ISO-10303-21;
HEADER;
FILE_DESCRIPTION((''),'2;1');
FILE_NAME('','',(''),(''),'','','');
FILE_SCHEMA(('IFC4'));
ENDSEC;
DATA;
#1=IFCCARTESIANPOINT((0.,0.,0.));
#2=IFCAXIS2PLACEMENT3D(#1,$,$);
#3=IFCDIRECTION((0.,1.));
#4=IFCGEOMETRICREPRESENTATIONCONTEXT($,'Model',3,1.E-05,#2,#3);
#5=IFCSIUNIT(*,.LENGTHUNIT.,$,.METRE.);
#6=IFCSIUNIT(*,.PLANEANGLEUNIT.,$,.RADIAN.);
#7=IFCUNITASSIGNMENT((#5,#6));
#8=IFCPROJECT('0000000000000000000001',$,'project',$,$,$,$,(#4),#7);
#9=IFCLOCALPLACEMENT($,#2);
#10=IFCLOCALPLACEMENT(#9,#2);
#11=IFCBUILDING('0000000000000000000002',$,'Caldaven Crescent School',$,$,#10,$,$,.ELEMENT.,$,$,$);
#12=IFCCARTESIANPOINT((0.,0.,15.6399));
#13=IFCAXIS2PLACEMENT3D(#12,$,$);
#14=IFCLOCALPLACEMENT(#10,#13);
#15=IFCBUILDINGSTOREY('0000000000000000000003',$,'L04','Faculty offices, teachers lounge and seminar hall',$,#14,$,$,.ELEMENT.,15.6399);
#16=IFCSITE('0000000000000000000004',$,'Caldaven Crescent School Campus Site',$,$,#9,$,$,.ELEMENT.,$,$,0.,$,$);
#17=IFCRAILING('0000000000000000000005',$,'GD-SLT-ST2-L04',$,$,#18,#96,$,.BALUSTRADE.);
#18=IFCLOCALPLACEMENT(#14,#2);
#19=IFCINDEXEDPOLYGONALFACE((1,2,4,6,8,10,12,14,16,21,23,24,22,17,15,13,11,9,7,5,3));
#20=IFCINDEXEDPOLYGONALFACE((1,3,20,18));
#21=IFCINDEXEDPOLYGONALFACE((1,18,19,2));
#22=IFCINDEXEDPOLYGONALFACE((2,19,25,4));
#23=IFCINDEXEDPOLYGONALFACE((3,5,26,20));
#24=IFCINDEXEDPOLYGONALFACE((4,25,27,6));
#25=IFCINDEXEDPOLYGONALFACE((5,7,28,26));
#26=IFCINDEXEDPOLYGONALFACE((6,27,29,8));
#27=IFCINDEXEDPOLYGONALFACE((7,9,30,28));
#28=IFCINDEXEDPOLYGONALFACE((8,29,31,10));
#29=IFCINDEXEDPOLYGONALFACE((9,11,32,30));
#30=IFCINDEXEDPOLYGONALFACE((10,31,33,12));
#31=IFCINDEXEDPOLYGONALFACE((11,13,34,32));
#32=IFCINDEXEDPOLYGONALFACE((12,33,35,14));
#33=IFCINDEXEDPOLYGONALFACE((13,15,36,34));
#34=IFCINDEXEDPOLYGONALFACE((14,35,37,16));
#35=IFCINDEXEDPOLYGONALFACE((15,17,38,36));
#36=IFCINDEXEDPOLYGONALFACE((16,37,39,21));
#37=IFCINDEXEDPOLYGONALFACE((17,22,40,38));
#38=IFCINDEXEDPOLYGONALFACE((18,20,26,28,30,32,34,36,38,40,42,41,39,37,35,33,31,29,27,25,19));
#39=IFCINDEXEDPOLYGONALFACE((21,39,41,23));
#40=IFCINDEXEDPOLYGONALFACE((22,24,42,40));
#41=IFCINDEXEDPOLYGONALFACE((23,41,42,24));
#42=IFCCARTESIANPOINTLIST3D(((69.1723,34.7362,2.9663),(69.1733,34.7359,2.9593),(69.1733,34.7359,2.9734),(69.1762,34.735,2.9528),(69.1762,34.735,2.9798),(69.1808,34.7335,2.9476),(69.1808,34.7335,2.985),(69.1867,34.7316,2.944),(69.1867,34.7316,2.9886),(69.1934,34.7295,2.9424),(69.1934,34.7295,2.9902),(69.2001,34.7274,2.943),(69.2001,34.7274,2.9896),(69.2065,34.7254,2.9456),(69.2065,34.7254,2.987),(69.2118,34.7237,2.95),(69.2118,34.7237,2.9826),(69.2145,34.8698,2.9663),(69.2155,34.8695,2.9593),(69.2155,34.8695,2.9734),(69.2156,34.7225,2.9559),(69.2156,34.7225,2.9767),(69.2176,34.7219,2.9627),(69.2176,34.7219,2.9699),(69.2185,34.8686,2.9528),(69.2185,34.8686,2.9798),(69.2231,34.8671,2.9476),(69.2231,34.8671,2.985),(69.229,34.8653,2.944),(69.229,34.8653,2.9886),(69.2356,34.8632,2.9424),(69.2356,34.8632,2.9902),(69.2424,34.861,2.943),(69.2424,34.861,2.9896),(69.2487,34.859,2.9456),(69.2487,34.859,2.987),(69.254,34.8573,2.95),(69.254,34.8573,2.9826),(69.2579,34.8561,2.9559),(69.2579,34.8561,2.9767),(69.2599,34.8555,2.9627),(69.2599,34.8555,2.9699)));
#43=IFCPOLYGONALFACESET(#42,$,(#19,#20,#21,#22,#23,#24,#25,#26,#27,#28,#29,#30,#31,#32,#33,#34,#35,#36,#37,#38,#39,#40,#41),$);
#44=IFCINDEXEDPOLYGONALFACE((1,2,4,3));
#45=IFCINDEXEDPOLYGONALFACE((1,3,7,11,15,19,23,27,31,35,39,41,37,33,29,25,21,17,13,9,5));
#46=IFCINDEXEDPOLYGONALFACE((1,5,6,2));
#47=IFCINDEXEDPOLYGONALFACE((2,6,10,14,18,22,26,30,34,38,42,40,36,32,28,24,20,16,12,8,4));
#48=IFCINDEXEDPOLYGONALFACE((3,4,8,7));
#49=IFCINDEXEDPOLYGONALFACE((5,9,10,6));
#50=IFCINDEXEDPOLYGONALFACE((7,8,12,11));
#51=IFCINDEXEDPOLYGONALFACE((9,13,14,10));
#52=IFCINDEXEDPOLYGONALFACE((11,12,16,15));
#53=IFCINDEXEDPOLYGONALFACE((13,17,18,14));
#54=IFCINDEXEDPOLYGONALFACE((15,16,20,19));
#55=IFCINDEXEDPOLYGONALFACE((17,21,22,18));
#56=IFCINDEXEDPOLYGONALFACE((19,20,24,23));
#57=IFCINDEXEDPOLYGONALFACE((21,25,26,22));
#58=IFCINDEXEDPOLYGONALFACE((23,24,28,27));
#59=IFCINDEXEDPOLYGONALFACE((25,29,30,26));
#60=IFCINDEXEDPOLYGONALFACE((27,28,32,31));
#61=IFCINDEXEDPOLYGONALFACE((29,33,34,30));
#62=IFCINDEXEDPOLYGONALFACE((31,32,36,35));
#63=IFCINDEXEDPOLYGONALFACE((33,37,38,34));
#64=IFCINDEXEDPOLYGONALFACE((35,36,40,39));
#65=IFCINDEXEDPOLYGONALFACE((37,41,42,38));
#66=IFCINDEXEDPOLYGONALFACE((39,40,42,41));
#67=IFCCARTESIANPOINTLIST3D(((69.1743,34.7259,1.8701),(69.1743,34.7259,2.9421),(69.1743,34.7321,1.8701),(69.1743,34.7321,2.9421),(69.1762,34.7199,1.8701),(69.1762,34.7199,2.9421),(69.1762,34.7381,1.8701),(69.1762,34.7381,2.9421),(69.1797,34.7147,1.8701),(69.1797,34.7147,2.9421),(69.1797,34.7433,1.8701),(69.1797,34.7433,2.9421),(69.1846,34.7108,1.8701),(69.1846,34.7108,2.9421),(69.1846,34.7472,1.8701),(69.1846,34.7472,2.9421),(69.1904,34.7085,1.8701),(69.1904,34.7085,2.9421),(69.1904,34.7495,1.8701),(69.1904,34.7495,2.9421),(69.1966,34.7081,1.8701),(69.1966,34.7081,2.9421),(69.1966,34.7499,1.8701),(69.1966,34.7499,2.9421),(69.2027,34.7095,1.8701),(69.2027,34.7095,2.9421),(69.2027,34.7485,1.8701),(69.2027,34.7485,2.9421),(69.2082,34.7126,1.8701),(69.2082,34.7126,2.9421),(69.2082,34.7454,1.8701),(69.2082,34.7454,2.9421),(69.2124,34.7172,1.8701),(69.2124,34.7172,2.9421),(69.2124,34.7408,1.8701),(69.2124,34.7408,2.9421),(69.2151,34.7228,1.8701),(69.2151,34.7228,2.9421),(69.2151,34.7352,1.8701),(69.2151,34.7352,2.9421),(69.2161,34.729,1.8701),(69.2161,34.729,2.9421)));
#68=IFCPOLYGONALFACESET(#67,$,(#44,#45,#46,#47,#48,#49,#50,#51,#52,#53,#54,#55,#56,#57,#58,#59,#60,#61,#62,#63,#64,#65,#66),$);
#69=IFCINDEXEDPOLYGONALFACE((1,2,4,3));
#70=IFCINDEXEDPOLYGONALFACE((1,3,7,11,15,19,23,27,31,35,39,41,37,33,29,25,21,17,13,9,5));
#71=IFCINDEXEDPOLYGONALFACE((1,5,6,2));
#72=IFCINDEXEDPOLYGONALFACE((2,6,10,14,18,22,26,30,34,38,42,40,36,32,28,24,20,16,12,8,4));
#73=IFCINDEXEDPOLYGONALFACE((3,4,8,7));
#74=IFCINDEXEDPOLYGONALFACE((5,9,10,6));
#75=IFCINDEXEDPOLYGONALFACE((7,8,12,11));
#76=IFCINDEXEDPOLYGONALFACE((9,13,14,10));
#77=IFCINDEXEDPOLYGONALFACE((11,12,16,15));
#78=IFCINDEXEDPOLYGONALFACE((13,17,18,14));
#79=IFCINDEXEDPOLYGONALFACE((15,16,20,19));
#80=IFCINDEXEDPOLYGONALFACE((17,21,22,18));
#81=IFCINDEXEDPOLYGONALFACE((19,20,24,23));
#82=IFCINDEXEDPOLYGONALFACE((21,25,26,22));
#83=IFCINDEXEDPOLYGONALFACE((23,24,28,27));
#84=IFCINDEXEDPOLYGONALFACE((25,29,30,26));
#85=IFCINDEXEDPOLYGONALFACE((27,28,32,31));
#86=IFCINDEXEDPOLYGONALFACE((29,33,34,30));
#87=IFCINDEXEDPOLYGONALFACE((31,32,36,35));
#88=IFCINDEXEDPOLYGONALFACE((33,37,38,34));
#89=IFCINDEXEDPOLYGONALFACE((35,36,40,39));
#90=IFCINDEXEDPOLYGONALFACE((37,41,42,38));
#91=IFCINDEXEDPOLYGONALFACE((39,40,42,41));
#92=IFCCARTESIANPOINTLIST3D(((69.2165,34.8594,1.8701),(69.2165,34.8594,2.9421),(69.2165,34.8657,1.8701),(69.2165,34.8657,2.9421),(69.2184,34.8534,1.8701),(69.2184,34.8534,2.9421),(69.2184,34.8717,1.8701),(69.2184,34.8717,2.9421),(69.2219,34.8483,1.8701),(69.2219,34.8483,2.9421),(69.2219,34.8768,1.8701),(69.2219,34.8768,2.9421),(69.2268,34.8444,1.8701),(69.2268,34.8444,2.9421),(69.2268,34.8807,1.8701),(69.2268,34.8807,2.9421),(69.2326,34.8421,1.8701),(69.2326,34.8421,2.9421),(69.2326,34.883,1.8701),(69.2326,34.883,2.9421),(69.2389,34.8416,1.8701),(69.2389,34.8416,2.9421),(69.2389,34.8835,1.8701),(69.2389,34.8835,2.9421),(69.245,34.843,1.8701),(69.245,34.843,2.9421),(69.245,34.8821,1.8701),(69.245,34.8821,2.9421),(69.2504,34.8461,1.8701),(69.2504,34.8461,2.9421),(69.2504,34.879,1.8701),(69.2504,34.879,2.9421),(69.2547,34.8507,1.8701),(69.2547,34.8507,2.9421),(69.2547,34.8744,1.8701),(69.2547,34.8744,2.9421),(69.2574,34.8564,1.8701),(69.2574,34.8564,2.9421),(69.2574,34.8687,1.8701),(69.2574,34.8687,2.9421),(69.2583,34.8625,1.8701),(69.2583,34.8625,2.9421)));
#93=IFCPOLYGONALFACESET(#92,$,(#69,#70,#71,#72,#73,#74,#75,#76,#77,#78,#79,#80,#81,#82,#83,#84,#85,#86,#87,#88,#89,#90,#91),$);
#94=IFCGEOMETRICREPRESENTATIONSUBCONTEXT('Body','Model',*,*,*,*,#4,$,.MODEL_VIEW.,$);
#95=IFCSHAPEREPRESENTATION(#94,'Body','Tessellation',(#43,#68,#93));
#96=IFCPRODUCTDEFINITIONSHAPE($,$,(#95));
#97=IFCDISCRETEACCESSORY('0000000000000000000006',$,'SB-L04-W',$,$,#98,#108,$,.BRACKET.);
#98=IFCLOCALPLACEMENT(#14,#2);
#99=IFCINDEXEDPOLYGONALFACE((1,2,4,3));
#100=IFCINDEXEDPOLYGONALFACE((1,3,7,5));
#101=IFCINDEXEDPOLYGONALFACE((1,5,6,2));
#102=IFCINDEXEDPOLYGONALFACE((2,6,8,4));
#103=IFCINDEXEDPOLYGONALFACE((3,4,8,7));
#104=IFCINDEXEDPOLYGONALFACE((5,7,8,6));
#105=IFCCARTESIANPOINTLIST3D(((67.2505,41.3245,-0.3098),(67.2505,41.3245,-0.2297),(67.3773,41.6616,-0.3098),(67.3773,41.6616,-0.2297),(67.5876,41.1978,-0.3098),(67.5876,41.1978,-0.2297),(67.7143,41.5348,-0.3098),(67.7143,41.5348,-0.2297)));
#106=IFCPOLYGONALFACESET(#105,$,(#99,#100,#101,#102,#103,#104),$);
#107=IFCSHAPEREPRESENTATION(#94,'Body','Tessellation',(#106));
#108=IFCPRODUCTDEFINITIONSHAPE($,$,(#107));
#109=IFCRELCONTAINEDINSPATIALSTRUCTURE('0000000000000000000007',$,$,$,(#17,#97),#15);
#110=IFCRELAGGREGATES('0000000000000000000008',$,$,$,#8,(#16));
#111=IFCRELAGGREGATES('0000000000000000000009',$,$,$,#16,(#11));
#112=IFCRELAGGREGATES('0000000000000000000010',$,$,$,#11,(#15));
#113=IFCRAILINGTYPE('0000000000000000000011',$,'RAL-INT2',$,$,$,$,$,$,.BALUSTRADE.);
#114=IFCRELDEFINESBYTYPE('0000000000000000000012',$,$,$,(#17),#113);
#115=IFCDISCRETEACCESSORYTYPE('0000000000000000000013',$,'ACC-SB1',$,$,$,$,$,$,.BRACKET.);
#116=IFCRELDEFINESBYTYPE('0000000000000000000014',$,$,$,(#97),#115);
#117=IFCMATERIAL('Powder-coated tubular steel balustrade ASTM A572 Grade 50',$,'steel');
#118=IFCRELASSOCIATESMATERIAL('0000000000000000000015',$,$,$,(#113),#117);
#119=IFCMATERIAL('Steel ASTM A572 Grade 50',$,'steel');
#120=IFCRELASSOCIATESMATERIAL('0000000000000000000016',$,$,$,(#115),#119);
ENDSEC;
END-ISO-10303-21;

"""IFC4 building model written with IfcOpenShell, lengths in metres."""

from ifc_helpers import new_model, si_unit, direction, frame, origin, origin_2d, place, context, subcontext, project, spatial, rectangle, circle, extrude, material, type_object, element, save


model = new_model("IFC4")

# Units and contexts
model_context = context("Model", 3, precision=1e-05, world=origin(), true_north=direction((0.0, 1.0)))
body_context = subcontext(model_context, "Body", "Model", "MODEL_VIEW")
ifc_project = project(units=[si_unit("LENGTHUNIT", "METRE"), si_unit("PLANEANGLEUNIT", "RADIAN")], contexts=[model_context])

# Site, building, storey
site_placement = place(None, origin())
site = spatial("IfcSite", under=ifc_project, at=site_placement, Name="Caldaven Crescent School Campus Site", CompositionType="ELEMENT", RefElevation=0.0)
building_placement = place(site_placement, origin())
building = spatial("IfcBuilding", under=site, at=building_placement, Name="Caldaven Crescent School", CompositionType="ELEMENT")
storey_placement = place(building_placement, frame((0.0, 0.0, 15.6399)))
storey = spatial("IfcBuildingStorey", under=building, at=storey_placement, Name="L04", Description="Faculty offices, teachers lounge and seminar hall", CompositionType="ELEMENT", Elevation=15.6399)

# Shared definitions
ifc_material_1 = material(Name="Steel ASTM A572 Grade 50", Category="steel")

# Railing
ifc_material_2 = material(Name="Powder-coated tubular steel balustrade ASTM A572 Grade 50", Category="steel")
railing_type_1 = type_object("IfcRailingType", Name="RAL-INT2", PredefinedType="BALUSTRADE", material=ifc_material_2)
railing_1_placement = place(storey_placement, frame((69.1951, 34.729, 1.8701)))
element("IfcRailing", 1, at=railing_1_placement, inside=storey, type_object=railing_type_1, Name="GD-SLT-ST2-L04", PredefinedType="BALUSTRADE", context=body_context, shape_type="SweptSolid", body=[
    extrude(circle(Radius=0.0239, at=origin_2d()), frame((0.0, 0.0, 1.0962), z_axis=(0.301548, 0.953451, 0.0), x_axis=(-0.953451, 0.301548, 0.0)), (0.0, 0.0, 1.0), 0.1401),
    extrude(circle(Radius=0.021, at=origin_2d()), origin(), (0.0, 0.0, 1.0), 1.072),
    extrude(circle(Radius=0.021, at=origin_2d()), frame((0.0422, 0.1335, 0.0)), (0.0, 0.0, 1.0), 1.072),
])

# Discrete accessory
discrete_accessory_type = type_object("IfcDiscreteAccessoryType", Name="ACC-SB1", PredefinedType="BRACKET", material=ifc_material_1)
discrete_accessory_placement = place(storey_placement, frame((67.4824, 41.4297, -0.3098), z_axis=(0.0, 0.0, 1.0), x_axis=(-0.352005, -0.935998, 0.0)))
element("IfcDiscreteAccessory", 2, at=discrete_accessory_placement, inside=storey, type_object=discrete_accessory_type, Name="SB-L04-W", PredefinedType="BRACKET", context=body_context, shape_type="SweptSolid", body=[
    extrude(rectangle(XDim=0.3601, YDim=0.3601, at=origin_2d()), origin(), (0.0, 0.0, 1.0), 0.0801),
])

save(model, "model.ifc")
